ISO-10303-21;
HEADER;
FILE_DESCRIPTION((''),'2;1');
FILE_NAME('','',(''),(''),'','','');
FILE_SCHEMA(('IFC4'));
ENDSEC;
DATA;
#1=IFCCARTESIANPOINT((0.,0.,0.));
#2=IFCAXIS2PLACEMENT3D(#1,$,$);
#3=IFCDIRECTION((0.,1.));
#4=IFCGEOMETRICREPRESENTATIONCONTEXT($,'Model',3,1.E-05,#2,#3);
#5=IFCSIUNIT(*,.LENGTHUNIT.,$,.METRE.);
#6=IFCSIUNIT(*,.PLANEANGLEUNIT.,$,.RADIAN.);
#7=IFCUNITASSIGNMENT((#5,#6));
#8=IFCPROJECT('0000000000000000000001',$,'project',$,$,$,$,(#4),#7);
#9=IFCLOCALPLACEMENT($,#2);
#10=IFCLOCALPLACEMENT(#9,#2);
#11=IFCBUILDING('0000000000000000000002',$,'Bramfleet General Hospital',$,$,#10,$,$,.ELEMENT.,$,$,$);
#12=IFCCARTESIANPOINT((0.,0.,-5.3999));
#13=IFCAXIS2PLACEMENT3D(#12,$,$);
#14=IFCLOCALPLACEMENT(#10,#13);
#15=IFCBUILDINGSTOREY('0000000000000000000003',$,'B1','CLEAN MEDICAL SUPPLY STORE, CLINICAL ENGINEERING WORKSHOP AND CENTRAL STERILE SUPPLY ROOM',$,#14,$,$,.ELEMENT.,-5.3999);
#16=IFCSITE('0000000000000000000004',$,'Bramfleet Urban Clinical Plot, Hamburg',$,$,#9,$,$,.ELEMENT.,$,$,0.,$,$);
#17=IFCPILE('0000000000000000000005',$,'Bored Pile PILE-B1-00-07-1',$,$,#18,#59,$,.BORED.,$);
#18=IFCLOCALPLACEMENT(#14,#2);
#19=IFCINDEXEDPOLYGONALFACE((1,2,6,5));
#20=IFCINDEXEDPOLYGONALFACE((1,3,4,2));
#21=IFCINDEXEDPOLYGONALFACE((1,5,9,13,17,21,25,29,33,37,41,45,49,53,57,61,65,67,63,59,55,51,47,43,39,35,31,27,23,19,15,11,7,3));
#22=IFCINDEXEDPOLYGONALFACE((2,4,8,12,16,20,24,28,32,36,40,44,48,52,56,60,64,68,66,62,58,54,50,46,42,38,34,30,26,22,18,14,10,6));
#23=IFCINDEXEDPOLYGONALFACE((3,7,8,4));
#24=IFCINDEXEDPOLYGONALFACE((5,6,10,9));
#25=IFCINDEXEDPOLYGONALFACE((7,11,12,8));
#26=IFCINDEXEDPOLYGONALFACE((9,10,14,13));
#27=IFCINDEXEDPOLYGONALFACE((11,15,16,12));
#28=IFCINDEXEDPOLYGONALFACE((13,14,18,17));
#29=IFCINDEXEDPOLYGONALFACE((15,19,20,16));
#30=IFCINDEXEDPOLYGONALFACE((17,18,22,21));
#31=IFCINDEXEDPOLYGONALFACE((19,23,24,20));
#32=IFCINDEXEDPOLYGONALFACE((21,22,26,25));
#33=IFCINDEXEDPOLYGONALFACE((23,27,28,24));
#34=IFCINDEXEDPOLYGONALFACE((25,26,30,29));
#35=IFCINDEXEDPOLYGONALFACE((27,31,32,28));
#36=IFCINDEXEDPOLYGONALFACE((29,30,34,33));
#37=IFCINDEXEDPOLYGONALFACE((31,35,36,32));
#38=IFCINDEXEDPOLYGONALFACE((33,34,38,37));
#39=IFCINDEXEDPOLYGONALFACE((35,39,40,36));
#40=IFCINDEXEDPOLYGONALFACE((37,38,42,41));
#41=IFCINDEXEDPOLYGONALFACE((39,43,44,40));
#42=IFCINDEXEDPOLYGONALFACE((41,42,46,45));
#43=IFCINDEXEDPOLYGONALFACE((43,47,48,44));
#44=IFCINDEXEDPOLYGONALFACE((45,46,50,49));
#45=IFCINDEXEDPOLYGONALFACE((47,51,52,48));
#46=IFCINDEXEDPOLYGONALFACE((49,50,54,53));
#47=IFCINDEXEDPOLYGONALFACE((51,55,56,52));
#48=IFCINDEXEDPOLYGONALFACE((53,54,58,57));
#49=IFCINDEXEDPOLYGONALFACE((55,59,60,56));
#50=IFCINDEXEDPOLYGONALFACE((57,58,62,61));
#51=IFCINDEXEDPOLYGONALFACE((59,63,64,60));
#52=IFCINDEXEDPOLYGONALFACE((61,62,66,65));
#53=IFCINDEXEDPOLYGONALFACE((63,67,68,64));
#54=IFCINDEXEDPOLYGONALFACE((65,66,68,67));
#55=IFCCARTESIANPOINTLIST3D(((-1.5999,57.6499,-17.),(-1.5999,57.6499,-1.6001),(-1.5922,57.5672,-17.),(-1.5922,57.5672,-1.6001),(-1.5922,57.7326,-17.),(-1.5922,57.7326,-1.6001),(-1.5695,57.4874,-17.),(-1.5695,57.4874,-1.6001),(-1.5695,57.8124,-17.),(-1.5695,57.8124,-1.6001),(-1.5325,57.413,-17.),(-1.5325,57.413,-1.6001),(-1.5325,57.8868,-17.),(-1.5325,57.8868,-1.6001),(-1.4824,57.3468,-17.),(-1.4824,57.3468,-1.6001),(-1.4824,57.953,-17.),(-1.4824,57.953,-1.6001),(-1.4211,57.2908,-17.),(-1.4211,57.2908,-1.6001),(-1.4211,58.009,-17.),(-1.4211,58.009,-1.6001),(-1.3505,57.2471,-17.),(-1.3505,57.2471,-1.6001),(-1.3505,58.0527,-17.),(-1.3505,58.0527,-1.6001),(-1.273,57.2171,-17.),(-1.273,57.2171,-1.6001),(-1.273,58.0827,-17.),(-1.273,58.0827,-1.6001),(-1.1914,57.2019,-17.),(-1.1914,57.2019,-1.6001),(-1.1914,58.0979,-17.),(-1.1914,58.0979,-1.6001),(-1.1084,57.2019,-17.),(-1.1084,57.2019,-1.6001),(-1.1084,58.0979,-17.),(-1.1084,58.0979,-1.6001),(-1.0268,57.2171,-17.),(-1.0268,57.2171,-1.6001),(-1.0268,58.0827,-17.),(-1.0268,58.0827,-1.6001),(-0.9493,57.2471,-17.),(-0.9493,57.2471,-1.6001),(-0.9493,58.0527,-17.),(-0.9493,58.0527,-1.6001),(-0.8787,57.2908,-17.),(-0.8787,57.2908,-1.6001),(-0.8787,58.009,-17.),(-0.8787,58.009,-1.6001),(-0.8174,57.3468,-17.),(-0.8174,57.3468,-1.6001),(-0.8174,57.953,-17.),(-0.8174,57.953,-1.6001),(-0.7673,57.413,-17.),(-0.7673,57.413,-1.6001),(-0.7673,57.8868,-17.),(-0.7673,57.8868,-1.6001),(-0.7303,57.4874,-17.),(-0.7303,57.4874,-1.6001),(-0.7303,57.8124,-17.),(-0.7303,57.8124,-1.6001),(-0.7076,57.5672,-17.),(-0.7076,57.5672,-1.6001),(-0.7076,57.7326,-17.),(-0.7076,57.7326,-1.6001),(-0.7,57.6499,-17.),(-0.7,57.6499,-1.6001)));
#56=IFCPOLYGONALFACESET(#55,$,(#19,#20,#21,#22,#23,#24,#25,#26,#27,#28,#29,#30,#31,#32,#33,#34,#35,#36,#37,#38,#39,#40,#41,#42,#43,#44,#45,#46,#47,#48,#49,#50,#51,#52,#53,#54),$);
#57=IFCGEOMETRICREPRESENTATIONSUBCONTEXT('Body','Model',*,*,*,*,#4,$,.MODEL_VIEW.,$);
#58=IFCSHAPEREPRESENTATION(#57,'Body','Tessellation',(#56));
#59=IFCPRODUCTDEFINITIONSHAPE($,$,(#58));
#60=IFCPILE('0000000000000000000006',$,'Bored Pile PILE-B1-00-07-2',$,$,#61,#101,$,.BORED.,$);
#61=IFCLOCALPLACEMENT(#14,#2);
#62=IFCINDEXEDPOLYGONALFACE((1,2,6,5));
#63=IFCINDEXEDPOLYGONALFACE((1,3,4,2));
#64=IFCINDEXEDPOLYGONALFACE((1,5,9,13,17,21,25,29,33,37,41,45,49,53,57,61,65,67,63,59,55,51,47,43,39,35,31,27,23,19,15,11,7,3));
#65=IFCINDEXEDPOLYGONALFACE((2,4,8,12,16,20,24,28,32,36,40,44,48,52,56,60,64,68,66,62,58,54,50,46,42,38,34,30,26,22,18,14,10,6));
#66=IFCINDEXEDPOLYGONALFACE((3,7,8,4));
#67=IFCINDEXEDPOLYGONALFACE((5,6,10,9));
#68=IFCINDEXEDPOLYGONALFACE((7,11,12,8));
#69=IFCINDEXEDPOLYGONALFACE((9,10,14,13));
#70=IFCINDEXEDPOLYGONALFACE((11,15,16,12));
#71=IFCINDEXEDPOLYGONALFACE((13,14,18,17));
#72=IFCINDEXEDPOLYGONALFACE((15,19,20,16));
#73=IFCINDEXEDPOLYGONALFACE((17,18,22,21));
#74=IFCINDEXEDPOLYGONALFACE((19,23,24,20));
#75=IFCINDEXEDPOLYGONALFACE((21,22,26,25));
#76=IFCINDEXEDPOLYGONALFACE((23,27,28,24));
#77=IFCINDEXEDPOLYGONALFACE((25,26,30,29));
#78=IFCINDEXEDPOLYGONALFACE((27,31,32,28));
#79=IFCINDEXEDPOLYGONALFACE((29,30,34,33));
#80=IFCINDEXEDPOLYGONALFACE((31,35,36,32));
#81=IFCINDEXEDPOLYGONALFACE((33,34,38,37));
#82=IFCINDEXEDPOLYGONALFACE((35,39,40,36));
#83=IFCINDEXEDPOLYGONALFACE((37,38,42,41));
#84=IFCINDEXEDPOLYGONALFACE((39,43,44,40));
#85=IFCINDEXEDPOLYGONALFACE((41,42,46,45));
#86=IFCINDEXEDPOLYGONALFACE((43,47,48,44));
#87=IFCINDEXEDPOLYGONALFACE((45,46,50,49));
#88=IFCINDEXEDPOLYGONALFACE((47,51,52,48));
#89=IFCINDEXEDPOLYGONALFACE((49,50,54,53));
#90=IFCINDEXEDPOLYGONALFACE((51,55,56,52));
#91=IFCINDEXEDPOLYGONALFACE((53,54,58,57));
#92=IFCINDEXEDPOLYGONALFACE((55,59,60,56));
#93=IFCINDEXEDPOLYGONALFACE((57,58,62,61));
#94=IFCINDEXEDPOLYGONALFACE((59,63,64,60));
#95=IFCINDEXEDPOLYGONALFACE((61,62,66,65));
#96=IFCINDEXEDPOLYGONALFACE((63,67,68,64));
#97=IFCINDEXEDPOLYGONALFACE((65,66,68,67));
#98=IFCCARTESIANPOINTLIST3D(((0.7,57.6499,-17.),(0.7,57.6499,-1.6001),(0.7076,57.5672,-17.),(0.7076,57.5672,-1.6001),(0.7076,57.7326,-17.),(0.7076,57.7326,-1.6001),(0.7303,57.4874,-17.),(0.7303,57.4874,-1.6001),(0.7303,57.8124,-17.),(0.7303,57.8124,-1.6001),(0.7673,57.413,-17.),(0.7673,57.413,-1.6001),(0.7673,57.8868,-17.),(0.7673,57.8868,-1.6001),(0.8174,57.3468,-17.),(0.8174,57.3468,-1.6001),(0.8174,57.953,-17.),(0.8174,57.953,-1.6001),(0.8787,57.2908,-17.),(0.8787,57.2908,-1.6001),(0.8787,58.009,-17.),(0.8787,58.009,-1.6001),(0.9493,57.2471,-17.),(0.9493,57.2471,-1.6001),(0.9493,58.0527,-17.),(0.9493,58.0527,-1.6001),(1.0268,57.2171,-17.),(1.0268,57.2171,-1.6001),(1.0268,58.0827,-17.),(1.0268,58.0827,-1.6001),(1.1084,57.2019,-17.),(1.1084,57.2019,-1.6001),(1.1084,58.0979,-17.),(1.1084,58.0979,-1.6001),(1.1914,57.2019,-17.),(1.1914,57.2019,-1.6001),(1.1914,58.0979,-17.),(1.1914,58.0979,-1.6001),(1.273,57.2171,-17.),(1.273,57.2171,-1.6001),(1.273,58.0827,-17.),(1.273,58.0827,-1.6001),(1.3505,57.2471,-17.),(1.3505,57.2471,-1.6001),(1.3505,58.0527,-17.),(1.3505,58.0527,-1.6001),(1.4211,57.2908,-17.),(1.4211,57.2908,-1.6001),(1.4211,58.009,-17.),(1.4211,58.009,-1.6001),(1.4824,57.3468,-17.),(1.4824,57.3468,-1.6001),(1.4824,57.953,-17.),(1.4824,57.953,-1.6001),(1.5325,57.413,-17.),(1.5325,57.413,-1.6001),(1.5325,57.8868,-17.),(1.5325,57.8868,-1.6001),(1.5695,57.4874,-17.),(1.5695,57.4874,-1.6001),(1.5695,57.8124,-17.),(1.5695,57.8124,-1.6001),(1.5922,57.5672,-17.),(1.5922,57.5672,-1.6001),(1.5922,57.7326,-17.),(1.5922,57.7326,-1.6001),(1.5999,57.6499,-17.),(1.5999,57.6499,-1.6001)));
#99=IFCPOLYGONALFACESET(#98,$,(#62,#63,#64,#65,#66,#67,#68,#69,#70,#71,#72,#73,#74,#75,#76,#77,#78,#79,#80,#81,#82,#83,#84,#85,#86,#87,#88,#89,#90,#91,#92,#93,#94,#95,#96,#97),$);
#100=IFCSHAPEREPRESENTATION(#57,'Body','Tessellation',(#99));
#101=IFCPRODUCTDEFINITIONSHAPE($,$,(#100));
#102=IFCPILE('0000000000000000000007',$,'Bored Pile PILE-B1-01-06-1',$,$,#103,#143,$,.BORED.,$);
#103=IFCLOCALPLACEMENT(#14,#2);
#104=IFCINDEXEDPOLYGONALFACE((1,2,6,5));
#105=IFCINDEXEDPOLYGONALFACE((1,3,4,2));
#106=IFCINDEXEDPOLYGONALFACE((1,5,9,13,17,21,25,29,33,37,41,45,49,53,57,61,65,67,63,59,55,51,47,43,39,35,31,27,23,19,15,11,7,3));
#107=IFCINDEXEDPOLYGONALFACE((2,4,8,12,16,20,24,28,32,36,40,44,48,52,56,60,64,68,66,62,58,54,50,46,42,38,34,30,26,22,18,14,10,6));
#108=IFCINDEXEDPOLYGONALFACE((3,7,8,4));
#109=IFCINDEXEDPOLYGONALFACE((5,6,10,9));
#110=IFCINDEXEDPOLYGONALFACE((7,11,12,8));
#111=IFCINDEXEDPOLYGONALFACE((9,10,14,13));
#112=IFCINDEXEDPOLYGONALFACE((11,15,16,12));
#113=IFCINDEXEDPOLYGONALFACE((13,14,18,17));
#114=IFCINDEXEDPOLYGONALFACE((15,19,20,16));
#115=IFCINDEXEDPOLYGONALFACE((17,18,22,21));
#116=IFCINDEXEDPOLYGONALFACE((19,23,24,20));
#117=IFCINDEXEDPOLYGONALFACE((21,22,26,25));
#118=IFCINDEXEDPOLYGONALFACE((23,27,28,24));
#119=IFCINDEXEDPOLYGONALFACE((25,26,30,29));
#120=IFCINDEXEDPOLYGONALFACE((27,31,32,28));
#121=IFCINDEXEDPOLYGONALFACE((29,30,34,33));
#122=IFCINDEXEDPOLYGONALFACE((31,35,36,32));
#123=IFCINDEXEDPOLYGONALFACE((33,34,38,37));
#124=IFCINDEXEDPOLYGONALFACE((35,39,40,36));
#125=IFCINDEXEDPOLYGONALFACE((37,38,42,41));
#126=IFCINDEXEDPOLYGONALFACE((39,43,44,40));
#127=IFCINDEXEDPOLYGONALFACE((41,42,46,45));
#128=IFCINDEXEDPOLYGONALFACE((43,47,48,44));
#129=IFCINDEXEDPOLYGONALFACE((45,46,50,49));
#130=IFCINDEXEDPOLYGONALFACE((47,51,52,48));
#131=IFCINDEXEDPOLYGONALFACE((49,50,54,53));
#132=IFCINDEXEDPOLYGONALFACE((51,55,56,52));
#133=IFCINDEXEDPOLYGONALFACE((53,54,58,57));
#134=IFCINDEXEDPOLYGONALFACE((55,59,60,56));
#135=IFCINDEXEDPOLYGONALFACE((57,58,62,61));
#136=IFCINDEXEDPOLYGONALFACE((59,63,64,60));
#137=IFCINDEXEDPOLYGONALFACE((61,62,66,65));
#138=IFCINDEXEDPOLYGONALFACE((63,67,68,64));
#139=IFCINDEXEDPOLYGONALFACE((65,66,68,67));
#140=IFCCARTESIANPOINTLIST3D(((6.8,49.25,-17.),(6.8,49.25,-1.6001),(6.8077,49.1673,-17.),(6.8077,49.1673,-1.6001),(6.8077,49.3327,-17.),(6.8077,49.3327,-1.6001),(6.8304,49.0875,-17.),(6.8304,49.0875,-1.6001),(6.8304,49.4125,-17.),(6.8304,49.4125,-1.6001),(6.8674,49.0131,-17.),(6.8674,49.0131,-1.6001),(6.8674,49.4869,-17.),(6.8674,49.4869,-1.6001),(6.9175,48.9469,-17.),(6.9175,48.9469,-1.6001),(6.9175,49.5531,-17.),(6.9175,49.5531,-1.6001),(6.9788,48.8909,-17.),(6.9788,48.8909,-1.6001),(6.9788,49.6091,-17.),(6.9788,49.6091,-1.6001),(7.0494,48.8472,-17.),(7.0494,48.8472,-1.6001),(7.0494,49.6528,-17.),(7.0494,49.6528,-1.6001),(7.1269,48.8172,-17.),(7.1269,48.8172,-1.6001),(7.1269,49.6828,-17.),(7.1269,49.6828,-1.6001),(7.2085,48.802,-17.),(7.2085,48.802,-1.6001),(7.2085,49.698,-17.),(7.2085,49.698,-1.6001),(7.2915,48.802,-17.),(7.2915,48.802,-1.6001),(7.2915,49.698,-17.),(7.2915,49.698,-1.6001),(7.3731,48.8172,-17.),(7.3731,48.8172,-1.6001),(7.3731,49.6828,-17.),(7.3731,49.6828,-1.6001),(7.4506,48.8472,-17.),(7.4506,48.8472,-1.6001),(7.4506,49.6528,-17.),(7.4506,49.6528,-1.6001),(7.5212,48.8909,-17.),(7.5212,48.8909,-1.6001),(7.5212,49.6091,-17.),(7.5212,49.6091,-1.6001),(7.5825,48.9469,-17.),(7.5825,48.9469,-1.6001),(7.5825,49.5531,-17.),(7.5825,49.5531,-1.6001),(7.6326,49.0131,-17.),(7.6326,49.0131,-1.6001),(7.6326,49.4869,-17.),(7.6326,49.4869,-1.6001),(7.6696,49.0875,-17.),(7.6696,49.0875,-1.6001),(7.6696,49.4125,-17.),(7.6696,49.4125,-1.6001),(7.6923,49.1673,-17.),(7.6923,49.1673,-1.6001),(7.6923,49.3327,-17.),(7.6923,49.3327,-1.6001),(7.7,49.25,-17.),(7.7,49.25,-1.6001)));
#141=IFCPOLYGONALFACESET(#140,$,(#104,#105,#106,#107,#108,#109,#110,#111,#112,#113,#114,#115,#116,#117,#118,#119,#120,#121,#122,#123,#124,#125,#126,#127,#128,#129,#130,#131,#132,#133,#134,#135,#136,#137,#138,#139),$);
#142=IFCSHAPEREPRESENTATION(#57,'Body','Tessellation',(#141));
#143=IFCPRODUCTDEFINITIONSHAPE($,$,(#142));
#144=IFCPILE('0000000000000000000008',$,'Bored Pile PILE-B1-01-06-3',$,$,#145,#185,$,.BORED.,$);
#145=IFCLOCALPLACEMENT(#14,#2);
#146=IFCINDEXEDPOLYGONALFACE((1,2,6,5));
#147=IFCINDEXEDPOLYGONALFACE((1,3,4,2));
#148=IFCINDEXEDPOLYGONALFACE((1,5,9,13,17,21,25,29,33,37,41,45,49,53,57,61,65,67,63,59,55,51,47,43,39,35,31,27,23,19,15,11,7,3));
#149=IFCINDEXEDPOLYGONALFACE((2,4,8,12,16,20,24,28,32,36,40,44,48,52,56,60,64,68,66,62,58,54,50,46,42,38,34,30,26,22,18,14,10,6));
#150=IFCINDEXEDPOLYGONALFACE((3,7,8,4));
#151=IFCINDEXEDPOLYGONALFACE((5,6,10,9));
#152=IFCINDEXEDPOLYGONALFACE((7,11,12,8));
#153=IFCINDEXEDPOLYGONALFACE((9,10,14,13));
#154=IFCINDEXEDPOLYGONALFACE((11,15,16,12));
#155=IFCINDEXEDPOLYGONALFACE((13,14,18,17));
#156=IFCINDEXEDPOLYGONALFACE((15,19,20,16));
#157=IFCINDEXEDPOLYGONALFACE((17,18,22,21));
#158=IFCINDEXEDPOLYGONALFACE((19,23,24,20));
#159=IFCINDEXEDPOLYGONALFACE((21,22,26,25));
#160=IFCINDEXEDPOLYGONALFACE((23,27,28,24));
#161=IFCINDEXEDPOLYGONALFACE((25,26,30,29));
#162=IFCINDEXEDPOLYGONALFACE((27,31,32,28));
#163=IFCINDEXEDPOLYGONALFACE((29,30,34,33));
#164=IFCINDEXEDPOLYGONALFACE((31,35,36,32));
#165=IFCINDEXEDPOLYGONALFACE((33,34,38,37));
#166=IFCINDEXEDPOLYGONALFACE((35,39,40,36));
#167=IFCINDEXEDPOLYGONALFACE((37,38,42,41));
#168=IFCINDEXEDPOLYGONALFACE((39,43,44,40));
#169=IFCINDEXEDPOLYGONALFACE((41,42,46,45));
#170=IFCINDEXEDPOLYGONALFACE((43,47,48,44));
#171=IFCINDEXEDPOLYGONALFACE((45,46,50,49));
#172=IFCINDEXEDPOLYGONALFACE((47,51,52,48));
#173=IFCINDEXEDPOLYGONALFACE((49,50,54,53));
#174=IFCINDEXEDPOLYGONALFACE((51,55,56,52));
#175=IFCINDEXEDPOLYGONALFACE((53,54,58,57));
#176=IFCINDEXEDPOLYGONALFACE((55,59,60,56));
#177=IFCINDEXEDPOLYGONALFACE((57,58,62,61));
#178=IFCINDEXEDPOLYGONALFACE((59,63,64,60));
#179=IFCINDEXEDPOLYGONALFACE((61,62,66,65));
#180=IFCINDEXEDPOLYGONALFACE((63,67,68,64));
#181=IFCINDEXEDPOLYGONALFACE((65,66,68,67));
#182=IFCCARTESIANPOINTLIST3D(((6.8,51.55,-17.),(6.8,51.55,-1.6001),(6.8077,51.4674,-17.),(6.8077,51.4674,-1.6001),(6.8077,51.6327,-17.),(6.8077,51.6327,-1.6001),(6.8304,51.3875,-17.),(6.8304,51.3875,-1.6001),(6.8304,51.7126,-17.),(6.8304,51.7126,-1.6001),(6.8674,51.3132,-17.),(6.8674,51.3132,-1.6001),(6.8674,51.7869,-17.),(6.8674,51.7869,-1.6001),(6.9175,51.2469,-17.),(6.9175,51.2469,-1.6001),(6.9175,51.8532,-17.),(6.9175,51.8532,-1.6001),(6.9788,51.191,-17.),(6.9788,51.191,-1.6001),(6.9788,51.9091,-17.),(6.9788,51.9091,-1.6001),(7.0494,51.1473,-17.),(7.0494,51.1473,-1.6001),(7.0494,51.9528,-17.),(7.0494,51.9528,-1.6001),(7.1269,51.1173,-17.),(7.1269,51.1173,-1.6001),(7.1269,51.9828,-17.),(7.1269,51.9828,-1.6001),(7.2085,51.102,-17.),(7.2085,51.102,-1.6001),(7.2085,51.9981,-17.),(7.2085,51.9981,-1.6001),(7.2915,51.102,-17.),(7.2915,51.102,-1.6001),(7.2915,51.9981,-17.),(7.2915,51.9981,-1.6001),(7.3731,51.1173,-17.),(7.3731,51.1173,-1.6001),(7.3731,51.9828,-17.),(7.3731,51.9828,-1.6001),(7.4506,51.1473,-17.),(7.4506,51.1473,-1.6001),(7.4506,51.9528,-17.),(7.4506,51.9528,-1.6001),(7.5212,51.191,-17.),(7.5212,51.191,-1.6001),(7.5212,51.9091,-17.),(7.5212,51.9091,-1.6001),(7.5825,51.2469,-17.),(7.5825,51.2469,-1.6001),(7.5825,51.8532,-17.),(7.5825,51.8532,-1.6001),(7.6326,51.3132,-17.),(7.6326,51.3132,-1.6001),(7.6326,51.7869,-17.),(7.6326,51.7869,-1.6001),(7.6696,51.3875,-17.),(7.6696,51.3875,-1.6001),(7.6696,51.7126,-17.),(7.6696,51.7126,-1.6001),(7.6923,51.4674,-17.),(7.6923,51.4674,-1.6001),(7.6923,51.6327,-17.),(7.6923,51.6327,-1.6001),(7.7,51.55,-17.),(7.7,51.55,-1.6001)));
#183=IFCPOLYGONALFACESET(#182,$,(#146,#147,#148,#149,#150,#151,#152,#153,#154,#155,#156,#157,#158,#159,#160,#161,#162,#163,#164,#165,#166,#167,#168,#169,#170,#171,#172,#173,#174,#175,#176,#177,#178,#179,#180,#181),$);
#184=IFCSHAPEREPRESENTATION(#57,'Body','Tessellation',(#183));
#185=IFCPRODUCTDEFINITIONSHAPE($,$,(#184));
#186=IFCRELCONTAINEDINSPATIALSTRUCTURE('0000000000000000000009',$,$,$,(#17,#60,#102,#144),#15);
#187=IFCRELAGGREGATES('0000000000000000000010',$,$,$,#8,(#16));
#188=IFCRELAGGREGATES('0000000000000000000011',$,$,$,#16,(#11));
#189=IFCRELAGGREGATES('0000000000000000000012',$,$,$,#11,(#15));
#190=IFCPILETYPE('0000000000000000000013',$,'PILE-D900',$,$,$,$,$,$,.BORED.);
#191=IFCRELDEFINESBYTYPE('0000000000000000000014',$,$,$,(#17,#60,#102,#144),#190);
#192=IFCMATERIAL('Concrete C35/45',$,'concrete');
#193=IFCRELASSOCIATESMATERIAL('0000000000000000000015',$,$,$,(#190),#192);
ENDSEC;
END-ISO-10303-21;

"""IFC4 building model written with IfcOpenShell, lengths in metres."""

from ifc_helpers import new_model, si_unit, direction, frame, origin, origin_2d, place, context, subcontext, project, spatial, circle, extrude, material, material_profile, profile_set, type_object, element, save


model = new_model("IFC4")

# Units and contexts
model_context = context("Model", 3, precision=1e-05, world=origin(), true_north=direction((0.0, 1.0)))
body_context = subcontext(model_context, "Body", "Model", "MODEL_VIEW")
ifc_project = project(units=[si_unit("LENGTHUNIT", "METRE"), si_unit("PLANEANGLEUNIT", "RADIAN")], contexts=[model_context])

# Site, building, storey
site_placement = place(None, origin())
site = spatial("IfcSite", under=ifc_project, at=site_placement, Name="Bramfleet Urban Clinical Plot, Hamburg", CompositionType="ELEMENT", RefElevation=0.0)
building_placement = place(site_placement, origin())
building = spatial("IfcBuilding", under=site, at=building_placement, Name="Bramfleet General Hospital", CompositionType="ELEMENT")
storey_placement = place(building_placement, frame((0.0, 0.0, -5.3999)))
storey = spatial("IfcBuildingStorey", under=building, at=storey_placement, Name="B1", Description="CLEAN MEDICAL SUPPLY STORE, CLINICAL ENGINEERING WORKSHOP AND CENTRAL STERILE SUPPLY ROOM", CompositionType="ELEMENT", Elevation=-5.3999)

# Shared definitions
ifc_material_1 = material(Name="Concrete C35/45", Category="concrete")

# Piles
ifc_material_profile_1 = material_profile(ifc_material_1, circle(Radius=0.45, at=origin_2d()), Name="PILE BORED D900")
ifc_profile_set_1 = profile_set([ifc_material_profile_1], Name="Concrete C35/45")
pile_type_1 = type_object("IfcPileType", Name="PILE-D900", PredefinedType="BORED", material=ifc_profile_set_1)
for number, where, z_axis, x_axis, name in (
    (1, (-1.1499, 57.6499, -1.6001), (0.0, 0.0, -1.0), (1.0, 0.0, 0.0), "Bored Pile PILE-B1-00-07-1"),
    (2, (1.1499, 57.6499, -1.6001), (0.0, 0.0, -1.0), (1.0, 0.0, 0.0), "Bored Pile PILE-B1-00-07-2"),
    (3, (7.25, 49.25, -1.6001), (0.0, 0.0, -1.0), (1.0, 0.0, 0.0), "Bored Pile PILE-B1-01-06-1"),
    (4, (7.25, 51.55, -1.6001), (0.0, 0.0, -1.0), (1.0, 0.0, 0.0), "Bored Pile PILE-B1-01-06-3"),
):
    element("IfcPile", number, at=place(storey_placement, frame(where, z_axis=z_axis, x_axis=x_axis)), inside=storey, type_object=pile_type_1, Name=name, PredefinedType="BORED", context=body_context, shape_type="SweptSolid", body=[
        extrude(circle(Radius=0.45, at=origin_2d()), origin(), (0.0, 0.0, 1.0), 15.3999),
    ])

save(model, "model.ifc")
